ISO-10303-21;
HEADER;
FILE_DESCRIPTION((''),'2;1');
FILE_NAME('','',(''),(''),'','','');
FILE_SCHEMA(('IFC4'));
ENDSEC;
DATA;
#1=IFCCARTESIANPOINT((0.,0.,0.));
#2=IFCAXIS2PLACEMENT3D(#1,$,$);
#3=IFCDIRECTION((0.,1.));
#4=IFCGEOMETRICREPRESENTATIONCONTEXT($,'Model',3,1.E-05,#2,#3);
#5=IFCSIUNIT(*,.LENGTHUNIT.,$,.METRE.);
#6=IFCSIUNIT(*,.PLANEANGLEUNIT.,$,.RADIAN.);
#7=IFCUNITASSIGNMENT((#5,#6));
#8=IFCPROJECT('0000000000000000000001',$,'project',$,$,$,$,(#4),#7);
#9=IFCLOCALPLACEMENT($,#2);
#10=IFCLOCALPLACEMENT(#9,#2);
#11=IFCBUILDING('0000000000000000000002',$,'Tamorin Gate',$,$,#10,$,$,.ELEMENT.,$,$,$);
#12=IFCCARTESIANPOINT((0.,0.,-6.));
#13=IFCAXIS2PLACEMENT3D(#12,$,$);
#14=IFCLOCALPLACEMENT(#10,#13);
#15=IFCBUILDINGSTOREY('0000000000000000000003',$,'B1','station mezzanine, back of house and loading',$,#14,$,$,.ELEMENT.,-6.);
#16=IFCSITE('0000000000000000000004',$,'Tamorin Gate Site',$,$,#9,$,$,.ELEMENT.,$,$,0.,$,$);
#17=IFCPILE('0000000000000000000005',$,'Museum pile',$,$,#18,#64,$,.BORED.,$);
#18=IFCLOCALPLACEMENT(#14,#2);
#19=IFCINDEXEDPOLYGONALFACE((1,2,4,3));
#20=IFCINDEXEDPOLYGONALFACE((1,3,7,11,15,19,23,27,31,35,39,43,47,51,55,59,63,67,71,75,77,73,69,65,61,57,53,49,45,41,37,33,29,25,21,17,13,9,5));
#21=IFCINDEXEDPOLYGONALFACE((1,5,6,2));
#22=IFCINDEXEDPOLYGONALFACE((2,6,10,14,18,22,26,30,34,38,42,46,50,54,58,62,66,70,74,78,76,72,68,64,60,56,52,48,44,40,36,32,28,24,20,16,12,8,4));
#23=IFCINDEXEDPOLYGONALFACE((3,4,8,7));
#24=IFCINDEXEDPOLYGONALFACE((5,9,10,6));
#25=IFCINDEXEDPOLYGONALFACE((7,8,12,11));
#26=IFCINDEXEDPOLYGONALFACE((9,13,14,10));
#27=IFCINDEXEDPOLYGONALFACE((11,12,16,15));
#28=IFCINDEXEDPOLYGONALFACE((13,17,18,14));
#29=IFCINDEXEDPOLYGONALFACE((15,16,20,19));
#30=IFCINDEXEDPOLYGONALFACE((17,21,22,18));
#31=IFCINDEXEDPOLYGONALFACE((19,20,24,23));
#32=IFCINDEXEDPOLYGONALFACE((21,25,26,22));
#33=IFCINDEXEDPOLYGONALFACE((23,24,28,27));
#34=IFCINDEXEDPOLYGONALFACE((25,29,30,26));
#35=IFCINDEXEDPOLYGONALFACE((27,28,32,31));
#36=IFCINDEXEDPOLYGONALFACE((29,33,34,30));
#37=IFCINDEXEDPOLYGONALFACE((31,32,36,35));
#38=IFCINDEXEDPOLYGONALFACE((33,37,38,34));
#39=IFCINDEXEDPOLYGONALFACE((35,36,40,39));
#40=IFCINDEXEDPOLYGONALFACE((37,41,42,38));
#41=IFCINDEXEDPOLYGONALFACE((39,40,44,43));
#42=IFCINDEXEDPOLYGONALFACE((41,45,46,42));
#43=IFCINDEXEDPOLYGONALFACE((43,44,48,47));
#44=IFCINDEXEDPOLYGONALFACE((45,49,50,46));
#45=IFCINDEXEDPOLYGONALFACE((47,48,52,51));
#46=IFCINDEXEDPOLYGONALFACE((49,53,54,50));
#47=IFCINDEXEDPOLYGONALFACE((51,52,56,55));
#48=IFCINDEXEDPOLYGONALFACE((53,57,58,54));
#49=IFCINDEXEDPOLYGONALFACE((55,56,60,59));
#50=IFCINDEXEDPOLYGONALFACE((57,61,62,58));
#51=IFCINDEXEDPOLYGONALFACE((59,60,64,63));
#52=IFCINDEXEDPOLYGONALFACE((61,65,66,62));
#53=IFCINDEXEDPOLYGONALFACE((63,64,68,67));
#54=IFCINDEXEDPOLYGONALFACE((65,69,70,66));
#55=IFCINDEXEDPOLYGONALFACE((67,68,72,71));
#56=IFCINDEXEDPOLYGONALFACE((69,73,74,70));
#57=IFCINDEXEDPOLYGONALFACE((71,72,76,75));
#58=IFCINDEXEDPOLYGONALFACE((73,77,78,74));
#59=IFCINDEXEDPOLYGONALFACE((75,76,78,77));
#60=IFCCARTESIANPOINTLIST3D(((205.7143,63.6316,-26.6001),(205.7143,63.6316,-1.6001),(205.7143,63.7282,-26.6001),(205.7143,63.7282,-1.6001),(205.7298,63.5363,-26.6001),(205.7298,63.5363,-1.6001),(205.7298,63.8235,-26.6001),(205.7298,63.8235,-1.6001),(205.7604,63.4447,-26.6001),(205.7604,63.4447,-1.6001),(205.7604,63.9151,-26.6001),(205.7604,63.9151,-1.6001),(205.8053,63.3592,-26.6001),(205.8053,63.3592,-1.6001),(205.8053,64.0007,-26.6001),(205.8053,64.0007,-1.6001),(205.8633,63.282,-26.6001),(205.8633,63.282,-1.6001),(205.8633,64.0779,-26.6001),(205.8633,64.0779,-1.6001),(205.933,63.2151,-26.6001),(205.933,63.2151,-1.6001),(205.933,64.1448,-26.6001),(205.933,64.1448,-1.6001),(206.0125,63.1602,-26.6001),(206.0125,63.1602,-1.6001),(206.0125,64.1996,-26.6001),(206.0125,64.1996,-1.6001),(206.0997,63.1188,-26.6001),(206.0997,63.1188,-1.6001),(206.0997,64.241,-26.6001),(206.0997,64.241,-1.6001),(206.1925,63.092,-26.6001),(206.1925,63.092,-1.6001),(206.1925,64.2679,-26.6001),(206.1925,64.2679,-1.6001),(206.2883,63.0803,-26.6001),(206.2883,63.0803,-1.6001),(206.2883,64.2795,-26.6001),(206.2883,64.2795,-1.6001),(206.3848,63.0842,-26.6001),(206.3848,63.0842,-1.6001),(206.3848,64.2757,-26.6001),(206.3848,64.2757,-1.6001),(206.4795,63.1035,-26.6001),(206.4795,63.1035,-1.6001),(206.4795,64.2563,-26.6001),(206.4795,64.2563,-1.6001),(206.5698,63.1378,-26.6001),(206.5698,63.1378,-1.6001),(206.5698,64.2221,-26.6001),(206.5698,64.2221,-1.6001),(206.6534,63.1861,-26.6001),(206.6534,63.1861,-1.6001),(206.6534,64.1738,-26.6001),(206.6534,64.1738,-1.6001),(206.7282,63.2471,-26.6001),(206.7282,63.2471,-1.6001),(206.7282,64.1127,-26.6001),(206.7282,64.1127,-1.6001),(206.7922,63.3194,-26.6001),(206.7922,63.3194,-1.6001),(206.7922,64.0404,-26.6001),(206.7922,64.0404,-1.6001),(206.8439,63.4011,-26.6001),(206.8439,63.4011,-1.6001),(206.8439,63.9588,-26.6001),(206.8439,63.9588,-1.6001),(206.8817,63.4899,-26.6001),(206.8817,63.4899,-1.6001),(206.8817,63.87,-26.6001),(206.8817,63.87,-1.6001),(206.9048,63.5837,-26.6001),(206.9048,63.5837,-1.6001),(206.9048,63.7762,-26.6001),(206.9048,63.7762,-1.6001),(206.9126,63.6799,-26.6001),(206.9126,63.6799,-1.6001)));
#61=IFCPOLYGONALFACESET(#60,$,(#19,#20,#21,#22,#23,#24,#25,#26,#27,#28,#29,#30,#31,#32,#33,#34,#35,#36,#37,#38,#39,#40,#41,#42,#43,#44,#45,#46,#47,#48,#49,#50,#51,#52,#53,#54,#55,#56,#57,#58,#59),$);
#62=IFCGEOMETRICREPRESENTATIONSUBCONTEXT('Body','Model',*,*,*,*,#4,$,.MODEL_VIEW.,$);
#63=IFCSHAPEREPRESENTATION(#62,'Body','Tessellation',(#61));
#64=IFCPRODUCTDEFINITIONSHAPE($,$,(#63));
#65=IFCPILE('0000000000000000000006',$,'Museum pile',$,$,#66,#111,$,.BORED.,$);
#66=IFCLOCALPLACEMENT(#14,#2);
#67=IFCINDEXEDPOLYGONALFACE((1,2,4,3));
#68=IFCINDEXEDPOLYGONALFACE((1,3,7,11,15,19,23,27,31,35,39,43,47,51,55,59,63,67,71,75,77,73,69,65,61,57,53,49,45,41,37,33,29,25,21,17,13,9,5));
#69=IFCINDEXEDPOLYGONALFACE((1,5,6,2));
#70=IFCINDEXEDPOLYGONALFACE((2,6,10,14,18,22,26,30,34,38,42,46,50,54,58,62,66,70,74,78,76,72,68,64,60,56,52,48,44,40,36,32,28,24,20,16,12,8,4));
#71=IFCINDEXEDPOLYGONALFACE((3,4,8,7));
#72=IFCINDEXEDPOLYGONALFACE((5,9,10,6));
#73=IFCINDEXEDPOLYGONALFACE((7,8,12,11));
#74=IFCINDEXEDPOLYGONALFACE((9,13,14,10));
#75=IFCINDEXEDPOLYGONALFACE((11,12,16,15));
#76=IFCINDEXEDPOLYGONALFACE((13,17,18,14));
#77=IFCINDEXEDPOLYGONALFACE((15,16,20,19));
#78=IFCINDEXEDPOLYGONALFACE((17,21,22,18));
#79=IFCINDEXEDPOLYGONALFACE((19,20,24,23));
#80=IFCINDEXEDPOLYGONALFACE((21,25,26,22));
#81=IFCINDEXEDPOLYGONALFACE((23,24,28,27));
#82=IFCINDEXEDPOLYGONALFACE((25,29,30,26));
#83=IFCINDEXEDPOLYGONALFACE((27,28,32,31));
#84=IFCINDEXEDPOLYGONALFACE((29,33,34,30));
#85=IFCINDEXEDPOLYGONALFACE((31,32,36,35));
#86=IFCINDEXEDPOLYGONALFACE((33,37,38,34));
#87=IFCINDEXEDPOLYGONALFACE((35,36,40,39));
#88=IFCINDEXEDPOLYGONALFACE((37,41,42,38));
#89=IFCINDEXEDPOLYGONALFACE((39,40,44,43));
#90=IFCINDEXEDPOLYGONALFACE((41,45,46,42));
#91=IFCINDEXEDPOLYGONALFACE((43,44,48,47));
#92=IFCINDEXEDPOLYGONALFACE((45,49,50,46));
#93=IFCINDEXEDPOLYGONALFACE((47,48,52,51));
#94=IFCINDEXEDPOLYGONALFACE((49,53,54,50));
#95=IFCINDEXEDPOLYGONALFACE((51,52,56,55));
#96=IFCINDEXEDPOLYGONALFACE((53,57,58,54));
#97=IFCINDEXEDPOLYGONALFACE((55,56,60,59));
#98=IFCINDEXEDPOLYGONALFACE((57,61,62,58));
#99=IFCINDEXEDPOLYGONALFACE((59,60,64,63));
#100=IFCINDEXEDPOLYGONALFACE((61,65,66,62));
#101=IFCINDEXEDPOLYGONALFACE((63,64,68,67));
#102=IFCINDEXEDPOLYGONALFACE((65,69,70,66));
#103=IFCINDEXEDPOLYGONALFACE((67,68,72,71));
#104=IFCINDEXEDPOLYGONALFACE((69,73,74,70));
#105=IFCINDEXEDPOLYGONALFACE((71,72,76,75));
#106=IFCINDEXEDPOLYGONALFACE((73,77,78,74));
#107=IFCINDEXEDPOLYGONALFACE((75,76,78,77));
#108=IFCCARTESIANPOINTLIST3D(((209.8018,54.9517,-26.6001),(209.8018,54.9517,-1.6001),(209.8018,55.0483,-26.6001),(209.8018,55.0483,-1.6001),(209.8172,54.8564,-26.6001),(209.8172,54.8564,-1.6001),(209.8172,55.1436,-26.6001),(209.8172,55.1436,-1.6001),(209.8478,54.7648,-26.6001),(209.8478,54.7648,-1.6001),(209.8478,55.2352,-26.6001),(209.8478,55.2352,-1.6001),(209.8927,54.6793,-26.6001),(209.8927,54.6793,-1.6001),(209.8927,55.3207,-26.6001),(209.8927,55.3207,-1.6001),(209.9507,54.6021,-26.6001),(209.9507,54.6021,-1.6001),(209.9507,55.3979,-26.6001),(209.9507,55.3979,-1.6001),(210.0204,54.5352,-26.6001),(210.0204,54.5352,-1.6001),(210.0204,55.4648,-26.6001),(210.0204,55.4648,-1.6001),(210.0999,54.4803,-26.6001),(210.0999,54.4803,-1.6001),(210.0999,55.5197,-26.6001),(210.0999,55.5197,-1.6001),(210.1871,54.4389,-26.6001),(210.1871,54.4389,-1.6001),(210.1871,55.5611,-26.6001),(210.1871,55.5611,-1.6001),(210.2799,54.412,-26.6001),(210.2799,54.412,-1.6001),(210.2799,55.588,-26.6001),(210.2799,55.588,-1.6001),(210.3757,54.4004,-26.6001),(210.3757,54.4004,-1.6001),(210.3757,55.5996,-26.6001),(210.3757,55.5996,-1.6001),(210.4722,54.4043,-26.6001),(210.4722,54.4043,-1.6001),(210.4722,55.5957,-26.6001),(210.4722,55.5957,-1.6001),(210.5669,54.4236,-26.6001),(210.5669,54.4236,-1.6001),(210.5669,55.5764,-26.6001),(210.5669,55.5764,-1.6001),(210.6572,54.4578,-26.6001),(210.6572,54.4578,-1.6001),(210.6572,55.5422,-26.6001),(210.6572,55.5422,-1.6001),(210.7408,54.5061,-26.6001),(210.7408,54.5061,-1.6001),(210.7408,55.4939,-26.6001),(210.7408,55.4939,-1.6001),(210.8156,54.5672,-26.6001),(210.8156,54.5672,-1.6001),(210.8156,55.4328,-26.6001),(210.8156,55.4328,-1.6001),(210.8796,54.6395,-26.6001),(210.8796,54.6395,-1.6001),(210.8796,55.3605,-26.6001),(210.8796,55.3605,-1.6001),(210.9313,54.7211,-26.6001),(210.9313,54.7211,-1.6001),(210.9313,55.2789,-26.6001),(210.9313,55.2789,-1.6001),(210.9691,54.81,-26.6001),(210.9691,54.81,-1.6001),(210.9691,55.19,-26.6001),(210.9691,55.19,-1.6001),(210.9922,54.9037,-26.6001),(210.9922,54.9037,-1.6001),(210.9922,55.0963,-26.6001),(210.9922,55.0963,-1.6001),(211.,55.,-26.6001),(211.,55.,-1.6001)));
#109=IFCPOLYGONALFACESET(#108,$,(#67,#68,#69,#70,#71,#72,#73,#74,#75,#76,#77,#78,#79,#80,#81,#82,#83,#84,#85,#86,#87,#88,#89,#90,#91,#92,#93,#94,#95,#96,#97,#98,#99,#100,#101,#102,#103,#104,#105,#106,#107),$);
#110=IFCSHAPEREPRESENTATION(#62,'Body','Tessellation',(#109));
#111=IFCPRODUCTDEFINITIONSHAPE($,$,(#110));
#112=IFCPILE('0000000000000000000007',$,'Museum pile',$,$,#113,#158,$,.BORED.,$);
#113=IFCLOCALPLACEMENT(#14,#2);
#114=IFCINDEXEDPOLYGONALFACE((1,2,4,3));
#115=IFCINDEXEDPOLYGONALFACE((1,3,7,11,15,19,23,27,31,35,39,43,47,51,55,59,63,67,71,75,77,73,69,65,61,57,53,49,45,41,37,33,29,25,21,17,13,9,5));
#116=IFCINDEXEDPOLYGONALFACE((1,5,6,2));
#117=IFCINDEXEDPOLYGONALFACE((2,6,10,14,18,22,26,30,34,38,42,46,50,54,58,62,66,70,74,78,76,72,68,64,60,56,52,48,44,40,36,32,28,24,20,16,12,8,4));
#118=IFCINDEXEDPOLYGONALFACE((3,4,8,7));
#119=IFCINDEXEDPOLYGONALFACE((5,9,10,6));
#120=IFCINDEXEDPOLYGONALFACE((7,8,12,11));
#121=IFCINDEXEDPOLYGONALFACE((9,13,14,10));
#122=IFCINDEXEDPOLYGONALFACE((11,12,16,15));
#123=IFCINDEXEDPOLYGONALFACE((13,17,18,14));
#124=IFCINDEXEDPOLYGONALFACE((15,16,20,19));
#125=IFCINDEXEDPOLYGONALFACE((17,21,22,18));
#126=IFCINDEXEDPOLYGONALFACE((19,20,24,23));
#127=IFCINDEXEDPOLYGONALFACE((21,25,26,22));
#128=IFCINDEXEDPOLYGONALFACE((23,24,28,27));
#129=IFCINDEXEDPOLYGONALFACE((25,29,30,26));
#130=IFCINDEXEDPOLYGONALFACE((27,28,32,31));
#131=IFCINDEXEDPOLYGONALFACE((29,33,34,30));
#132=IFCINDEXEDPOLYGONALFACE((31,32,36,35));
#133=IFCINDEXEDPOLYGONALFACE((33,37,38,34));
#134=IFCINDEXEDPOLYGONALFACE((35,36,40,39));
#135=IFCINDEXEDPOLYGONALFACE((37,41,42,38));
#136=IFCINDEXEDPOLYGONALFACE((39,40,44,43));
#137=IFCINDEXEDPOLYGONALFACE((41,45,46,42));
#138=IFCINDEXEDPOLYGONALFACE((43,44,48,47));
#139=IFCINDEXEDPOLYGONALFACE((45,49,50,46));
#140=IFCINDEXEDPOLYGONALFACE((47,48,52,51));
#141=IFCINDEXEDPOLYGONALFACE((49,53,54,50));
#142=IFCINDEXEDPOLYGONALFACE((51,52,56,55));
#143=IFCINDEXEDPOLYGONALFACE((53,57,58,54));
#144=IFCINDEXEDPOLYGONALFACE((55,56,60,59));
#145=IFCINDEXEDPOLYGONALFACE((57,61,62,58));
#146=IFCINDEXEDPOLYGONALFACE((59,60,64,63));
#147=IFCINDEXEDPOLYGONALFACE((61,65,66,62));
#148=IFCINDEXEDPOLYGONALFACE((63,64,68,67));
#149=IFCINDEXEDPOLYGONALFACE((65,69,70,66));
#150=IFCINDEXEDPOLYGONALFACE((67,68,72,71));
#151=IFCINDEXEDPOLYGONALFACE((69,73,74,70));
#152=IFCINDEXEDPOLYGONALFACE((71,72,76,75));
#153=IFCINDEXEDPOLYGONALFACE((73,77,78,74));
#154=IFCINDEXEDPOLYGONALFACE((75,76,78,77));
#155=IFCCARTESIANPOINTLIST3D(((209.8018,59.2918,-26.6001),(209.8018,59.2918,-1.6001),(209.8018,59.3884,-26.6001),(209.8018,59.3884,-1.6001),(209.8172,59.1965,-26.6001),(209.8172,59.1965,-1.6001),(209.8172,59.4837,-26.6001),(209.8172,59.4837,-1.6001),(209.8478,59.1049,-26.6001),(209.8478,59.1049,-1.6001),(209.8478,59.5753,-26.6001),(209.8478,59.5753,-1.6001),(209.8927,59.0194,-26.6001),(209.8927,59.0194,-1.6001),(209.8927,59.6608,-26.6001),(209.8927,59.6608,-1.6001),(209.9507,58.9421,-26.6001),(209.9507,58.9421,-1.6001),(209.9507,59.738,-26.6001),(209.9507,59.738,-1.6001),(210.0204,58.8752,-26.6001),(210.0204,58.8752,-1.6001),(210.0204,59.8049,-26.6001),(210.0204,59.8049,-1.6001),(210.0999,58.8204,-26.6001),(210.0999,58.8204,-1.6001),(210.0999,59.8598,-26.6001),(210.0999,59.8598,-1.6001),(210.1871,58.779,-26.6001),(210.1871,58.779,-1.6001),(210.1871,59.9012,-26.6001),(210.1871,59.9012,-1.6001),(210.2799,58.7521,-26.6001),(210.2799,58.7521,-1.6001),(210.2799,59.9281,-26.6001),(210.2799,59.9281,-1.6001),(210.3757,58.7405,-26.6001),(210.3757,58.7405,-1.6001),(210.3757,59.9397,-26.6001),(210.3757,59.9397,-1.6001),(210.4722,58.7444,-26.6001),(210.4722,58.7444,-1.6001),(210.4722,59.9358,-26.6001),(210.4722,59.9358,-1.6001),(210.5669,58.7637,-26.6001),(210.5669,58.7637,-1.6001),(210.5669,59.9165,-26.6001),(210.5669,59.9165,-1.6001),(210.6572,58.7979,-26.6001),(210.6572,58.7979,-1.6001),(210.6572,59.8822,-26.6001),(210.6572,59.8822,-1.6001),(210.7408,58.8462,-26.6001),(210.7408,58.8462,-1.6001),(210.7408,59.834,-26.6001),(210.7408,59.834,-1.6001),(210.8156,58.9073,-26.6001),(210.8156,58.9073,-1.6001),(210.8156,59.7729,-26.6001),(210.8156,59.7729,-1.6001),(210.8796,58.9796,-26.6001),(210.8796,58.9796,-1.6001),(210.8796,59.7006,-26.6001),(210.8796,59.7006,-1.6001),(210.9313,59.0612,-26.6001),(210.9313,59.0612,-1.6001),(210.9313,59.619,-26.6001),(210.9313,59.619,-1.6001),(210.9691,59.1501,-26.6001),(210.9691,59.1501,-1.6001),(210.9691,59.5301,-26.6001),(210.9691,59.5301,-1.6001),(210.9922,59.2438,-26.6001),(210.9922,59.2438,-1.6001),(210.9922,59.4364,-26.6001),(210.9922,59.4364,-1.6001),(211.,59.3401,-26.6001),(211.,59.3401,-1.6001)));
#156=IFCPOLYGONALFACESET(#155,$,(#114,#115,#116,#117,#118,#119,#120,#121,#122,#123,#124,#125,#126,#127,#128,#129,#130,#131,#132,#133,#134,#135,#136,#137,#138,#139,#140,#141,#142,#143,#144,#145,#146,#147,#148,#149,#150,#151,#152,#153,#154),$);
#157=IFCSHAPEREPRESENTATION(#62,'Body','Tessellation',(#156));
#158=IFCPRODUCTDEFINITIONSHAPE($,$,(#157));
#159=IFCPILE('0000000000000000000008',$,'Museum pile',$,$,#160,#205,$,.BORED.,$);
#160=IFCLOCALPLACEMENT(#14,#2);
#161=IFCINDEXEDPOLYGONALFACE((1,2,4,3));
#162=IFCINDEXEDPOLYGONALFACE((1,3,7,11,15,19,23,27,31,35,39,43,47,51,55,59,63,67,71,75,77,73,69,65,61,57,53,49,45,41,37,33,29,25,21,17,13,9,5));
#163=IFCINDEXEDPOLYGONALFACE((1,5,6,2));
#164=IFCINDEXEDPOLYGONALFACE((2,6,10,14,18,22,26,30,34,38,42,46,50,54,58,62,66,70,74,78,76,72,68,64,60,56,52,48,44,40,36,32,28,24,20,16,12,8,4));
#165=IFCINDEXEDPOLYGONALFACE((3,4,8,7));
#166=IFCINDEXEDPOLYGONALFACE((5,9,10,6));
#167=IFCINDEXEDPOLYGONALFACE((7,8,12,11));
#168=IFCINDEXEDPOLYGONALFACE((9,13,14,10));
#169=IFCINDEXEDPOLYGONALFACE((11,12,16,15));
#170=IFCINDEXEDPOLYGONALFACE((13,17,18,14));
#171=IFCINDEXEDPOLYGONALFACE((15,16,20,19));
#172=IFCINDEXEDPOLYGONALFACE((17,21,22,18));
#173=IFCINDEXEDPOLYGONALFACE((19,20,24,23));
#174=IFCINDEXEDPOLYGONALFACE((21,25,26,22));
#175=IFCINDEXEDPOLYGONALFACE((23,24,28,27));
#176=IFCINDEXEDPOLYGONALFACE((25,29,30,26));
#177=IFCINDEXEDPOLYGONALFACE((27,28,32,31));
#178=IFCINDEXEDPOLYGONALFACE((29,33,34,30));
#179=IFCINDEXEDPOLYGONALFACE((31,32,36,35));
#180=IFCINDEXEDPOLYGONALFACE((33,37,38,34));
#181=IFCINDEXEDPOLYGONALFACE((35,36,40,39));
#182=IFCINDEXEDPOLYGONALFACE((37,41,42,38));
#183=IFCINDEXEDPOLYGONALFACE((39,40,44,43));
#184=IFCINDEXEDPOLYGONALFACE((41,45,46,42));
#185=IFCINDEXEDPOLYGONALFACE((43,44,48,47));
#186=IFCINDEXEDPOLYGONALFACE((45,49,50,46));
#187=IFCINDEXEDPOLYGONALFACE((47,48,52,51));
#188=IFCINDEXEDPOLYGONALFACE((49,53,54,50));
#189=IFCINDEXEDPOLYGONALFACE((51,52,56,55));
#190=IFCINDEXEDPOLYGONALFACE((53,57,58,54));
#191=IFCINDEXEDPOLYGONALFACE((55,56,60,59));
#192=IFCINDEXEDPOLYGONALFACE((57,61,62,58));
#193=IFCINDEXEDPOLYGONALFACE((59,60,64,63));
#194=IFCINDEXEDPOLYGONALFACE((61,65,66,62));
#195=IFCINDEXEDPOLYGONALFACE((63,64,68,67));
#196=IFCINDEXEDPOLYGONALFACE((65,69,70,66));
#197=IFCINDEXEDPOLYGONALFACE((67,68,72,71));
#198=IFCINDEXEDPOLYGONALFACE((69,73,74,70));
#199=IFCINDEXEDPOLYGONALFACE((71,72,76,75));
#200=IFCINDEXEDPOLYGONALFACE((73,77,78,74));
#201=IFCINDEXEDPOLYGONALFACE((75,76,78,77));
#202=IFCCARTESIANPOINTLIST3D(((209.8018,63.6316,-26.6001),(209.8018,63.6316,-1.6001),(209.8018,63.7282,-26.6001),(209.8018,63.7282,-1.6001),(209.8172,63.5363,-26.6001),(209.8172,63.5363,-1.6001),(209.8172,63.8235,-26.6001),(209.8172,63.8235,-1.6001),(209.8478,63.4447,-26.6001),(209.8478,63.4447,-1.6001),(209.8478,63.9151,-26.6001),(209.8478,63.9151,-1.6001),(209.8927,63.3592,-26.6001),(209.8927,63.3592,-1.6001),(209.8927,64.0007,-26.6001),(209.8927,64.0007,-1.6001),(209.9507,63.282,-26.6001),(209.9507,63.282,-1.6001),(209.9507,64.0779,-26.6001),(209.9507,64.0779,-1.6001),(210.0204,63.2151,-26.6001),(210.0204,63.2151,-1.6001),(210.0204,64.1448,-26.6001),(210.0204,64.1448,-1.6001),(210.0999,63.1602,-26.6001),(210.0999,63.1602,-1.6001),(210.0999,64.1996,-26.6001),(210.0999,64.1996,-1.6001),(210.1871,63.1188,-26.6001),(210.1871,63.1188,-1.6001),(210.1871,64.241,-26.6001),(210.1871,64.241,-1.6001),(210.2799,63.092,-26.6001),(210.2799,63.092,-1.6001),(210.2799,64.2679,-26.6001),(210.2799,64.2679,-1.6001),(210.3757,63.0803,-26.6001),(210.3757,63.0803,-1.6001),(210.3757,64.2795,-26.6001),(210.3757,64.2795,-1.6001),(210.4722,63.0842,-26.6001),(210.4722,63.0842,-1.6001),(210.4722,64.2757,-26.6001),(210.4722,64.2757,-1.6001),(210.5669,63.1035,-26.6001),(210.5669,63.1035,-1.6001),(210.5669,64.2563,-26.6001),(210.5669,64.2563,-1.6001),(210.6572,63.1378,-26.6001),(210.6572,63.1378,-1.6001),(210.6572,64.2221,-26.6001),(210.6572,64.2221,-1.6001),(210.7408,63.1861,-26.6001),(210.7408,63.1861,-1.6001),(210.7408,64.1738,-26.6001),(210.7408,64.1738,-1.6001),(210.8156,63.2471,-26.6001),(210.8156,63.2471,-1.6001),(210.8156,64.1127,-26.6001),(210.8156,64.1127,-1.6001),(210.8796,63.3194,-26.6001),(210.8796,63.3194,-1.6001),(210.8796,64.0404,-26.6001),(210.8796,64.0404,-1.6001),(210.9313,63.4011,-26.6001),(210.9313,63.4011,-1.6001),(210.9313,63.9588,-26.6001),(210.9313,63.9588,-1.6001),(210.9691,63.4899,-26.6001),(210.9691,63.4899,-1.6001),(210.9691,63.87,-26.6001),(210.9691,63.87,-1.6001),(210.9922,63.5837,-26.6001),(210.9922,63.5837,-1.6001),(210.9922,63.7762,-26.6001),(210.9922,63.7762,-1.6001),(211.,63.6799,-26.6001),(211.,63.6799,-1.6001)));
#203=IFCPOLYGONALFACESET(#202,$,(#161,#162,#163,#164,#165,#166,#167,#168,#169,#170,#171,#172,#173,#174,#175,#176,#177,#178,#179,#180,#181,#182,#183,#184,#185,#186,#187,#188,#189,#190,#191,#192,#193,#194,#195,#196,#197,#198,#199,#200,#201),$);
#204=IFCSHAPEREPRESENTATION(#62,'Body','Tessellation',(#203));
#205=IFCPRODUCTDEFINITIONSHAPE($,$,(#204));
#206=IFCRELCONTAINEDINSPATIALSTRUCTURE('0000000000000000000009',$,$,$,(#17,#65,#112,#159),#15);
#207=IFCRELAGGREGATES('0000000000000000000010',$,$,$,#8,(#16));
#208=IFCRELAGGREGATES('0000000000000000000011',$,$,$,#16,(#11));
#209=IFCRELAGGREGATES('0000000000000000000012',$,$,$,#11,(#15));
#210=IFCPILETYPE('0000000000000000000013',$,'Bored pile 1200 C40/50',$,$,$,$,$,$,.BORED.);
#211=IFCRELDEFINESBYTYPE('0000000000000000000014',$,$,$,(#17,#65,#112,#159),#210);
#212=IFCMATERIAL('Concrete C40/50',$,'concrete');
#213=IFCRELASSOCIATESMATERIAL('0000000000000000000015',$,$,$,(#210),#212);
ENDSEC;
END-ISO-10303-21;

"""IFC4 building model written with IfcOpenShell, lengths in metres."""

from ifc_helpers import new_model, si_unit, direction, frame, origin, origin_2d, place, context, subcontext, project, spatial, circle, extrude, material, material_profile, profile_set, type_object, element, save


model = new_model("IFC4")

# Units and contexts
model_context = context("Model", 3, precision=1e-05, world=origin(), true_north=direction((0.0, 1.0)))
body_context = subcontext(model_context, "Body", "Model", "MODEL_VIEW")
ifc_project = project(units=[si_unit("LENGTHUNIT", "METRE"), si_unit("PLANEANGLEUNIT", "RADIAN")], contexts=[model_context])

# Site, building, storey
site_placement = place(None, origin())
site = spatial("IfcSite", under=ifc_project, at=site_placement, Name="Tamorin Gate Site", CompositionType="ELEMENT", RefElevation=0.0)
building_placement = place(site_placement, origin())
building = spatial("IfcBuilding", under=site, at=building_placement, Name="Tamorin Gate", CompositionType="ELEMENT")
storey_placement = place(building_placement, frame((0.0, 0.0, -6.0)))
storey = spatial("IfcBuildingStorey", under=building, at=storey_placement, Name="B1", Description="station mezzanine, back of house and loading", CompositionType="ELEMENT", Elevation=-6.0)

# Piles
ifc_material_1 = material(Name="Concrete C40/50", Category="concrete")
ifc_material_profile_1 = material_profile(ifc_material_1, circle(Radius=0.6001, at=origin_2d()))
ifc_profile_set_1 = profile_set([ifc_material_profile_1], Name="Concrete C40/50")
pile_type = type_object("IfcPileType", Name="Bored pile 1200 C40/50", PredefinedType="BORED", material=ifc_profile_set_1)
for number, where, z_axis, x_axis, name in (
    (1, (206.3125, 63.6799, -1.6001), (0.0, 0.0, -1.0), (1.0, 0.0, 0.0), "Museum pile"),
    (2, (210.3999, 55.0, -1.6001), (0.0, 0.0, -1.0), (1.0, 0.0, 0.0), "Museum pile"),
    (3, (210.3999, 59.3401, -1.6001), (0.0, 0.0, -1.0), (1.0, 0.0, 0.0), "Museum pile"),
    (4, (210.3999, 63.6799, -1.6001), (0.0, 0.0, -1.0), (1.0, 0.0, 0.0), "Museum pile"),
):
    element("IfcPile", number, at=place(storey_placement, frame(where, z_axis=z_axis, x_axis=x_axis)), inside=storey, type_object=pile_type, Name=name, PredefinedType="BORED", context=body_context, shape_type="SweptSolid", body=[
        extrude(circle(Radius=0.6001, at=origin_2d()), origin(), (0.0, 0.0, 1.0), 25.0),
    ])

save(model, "model.ifc")
